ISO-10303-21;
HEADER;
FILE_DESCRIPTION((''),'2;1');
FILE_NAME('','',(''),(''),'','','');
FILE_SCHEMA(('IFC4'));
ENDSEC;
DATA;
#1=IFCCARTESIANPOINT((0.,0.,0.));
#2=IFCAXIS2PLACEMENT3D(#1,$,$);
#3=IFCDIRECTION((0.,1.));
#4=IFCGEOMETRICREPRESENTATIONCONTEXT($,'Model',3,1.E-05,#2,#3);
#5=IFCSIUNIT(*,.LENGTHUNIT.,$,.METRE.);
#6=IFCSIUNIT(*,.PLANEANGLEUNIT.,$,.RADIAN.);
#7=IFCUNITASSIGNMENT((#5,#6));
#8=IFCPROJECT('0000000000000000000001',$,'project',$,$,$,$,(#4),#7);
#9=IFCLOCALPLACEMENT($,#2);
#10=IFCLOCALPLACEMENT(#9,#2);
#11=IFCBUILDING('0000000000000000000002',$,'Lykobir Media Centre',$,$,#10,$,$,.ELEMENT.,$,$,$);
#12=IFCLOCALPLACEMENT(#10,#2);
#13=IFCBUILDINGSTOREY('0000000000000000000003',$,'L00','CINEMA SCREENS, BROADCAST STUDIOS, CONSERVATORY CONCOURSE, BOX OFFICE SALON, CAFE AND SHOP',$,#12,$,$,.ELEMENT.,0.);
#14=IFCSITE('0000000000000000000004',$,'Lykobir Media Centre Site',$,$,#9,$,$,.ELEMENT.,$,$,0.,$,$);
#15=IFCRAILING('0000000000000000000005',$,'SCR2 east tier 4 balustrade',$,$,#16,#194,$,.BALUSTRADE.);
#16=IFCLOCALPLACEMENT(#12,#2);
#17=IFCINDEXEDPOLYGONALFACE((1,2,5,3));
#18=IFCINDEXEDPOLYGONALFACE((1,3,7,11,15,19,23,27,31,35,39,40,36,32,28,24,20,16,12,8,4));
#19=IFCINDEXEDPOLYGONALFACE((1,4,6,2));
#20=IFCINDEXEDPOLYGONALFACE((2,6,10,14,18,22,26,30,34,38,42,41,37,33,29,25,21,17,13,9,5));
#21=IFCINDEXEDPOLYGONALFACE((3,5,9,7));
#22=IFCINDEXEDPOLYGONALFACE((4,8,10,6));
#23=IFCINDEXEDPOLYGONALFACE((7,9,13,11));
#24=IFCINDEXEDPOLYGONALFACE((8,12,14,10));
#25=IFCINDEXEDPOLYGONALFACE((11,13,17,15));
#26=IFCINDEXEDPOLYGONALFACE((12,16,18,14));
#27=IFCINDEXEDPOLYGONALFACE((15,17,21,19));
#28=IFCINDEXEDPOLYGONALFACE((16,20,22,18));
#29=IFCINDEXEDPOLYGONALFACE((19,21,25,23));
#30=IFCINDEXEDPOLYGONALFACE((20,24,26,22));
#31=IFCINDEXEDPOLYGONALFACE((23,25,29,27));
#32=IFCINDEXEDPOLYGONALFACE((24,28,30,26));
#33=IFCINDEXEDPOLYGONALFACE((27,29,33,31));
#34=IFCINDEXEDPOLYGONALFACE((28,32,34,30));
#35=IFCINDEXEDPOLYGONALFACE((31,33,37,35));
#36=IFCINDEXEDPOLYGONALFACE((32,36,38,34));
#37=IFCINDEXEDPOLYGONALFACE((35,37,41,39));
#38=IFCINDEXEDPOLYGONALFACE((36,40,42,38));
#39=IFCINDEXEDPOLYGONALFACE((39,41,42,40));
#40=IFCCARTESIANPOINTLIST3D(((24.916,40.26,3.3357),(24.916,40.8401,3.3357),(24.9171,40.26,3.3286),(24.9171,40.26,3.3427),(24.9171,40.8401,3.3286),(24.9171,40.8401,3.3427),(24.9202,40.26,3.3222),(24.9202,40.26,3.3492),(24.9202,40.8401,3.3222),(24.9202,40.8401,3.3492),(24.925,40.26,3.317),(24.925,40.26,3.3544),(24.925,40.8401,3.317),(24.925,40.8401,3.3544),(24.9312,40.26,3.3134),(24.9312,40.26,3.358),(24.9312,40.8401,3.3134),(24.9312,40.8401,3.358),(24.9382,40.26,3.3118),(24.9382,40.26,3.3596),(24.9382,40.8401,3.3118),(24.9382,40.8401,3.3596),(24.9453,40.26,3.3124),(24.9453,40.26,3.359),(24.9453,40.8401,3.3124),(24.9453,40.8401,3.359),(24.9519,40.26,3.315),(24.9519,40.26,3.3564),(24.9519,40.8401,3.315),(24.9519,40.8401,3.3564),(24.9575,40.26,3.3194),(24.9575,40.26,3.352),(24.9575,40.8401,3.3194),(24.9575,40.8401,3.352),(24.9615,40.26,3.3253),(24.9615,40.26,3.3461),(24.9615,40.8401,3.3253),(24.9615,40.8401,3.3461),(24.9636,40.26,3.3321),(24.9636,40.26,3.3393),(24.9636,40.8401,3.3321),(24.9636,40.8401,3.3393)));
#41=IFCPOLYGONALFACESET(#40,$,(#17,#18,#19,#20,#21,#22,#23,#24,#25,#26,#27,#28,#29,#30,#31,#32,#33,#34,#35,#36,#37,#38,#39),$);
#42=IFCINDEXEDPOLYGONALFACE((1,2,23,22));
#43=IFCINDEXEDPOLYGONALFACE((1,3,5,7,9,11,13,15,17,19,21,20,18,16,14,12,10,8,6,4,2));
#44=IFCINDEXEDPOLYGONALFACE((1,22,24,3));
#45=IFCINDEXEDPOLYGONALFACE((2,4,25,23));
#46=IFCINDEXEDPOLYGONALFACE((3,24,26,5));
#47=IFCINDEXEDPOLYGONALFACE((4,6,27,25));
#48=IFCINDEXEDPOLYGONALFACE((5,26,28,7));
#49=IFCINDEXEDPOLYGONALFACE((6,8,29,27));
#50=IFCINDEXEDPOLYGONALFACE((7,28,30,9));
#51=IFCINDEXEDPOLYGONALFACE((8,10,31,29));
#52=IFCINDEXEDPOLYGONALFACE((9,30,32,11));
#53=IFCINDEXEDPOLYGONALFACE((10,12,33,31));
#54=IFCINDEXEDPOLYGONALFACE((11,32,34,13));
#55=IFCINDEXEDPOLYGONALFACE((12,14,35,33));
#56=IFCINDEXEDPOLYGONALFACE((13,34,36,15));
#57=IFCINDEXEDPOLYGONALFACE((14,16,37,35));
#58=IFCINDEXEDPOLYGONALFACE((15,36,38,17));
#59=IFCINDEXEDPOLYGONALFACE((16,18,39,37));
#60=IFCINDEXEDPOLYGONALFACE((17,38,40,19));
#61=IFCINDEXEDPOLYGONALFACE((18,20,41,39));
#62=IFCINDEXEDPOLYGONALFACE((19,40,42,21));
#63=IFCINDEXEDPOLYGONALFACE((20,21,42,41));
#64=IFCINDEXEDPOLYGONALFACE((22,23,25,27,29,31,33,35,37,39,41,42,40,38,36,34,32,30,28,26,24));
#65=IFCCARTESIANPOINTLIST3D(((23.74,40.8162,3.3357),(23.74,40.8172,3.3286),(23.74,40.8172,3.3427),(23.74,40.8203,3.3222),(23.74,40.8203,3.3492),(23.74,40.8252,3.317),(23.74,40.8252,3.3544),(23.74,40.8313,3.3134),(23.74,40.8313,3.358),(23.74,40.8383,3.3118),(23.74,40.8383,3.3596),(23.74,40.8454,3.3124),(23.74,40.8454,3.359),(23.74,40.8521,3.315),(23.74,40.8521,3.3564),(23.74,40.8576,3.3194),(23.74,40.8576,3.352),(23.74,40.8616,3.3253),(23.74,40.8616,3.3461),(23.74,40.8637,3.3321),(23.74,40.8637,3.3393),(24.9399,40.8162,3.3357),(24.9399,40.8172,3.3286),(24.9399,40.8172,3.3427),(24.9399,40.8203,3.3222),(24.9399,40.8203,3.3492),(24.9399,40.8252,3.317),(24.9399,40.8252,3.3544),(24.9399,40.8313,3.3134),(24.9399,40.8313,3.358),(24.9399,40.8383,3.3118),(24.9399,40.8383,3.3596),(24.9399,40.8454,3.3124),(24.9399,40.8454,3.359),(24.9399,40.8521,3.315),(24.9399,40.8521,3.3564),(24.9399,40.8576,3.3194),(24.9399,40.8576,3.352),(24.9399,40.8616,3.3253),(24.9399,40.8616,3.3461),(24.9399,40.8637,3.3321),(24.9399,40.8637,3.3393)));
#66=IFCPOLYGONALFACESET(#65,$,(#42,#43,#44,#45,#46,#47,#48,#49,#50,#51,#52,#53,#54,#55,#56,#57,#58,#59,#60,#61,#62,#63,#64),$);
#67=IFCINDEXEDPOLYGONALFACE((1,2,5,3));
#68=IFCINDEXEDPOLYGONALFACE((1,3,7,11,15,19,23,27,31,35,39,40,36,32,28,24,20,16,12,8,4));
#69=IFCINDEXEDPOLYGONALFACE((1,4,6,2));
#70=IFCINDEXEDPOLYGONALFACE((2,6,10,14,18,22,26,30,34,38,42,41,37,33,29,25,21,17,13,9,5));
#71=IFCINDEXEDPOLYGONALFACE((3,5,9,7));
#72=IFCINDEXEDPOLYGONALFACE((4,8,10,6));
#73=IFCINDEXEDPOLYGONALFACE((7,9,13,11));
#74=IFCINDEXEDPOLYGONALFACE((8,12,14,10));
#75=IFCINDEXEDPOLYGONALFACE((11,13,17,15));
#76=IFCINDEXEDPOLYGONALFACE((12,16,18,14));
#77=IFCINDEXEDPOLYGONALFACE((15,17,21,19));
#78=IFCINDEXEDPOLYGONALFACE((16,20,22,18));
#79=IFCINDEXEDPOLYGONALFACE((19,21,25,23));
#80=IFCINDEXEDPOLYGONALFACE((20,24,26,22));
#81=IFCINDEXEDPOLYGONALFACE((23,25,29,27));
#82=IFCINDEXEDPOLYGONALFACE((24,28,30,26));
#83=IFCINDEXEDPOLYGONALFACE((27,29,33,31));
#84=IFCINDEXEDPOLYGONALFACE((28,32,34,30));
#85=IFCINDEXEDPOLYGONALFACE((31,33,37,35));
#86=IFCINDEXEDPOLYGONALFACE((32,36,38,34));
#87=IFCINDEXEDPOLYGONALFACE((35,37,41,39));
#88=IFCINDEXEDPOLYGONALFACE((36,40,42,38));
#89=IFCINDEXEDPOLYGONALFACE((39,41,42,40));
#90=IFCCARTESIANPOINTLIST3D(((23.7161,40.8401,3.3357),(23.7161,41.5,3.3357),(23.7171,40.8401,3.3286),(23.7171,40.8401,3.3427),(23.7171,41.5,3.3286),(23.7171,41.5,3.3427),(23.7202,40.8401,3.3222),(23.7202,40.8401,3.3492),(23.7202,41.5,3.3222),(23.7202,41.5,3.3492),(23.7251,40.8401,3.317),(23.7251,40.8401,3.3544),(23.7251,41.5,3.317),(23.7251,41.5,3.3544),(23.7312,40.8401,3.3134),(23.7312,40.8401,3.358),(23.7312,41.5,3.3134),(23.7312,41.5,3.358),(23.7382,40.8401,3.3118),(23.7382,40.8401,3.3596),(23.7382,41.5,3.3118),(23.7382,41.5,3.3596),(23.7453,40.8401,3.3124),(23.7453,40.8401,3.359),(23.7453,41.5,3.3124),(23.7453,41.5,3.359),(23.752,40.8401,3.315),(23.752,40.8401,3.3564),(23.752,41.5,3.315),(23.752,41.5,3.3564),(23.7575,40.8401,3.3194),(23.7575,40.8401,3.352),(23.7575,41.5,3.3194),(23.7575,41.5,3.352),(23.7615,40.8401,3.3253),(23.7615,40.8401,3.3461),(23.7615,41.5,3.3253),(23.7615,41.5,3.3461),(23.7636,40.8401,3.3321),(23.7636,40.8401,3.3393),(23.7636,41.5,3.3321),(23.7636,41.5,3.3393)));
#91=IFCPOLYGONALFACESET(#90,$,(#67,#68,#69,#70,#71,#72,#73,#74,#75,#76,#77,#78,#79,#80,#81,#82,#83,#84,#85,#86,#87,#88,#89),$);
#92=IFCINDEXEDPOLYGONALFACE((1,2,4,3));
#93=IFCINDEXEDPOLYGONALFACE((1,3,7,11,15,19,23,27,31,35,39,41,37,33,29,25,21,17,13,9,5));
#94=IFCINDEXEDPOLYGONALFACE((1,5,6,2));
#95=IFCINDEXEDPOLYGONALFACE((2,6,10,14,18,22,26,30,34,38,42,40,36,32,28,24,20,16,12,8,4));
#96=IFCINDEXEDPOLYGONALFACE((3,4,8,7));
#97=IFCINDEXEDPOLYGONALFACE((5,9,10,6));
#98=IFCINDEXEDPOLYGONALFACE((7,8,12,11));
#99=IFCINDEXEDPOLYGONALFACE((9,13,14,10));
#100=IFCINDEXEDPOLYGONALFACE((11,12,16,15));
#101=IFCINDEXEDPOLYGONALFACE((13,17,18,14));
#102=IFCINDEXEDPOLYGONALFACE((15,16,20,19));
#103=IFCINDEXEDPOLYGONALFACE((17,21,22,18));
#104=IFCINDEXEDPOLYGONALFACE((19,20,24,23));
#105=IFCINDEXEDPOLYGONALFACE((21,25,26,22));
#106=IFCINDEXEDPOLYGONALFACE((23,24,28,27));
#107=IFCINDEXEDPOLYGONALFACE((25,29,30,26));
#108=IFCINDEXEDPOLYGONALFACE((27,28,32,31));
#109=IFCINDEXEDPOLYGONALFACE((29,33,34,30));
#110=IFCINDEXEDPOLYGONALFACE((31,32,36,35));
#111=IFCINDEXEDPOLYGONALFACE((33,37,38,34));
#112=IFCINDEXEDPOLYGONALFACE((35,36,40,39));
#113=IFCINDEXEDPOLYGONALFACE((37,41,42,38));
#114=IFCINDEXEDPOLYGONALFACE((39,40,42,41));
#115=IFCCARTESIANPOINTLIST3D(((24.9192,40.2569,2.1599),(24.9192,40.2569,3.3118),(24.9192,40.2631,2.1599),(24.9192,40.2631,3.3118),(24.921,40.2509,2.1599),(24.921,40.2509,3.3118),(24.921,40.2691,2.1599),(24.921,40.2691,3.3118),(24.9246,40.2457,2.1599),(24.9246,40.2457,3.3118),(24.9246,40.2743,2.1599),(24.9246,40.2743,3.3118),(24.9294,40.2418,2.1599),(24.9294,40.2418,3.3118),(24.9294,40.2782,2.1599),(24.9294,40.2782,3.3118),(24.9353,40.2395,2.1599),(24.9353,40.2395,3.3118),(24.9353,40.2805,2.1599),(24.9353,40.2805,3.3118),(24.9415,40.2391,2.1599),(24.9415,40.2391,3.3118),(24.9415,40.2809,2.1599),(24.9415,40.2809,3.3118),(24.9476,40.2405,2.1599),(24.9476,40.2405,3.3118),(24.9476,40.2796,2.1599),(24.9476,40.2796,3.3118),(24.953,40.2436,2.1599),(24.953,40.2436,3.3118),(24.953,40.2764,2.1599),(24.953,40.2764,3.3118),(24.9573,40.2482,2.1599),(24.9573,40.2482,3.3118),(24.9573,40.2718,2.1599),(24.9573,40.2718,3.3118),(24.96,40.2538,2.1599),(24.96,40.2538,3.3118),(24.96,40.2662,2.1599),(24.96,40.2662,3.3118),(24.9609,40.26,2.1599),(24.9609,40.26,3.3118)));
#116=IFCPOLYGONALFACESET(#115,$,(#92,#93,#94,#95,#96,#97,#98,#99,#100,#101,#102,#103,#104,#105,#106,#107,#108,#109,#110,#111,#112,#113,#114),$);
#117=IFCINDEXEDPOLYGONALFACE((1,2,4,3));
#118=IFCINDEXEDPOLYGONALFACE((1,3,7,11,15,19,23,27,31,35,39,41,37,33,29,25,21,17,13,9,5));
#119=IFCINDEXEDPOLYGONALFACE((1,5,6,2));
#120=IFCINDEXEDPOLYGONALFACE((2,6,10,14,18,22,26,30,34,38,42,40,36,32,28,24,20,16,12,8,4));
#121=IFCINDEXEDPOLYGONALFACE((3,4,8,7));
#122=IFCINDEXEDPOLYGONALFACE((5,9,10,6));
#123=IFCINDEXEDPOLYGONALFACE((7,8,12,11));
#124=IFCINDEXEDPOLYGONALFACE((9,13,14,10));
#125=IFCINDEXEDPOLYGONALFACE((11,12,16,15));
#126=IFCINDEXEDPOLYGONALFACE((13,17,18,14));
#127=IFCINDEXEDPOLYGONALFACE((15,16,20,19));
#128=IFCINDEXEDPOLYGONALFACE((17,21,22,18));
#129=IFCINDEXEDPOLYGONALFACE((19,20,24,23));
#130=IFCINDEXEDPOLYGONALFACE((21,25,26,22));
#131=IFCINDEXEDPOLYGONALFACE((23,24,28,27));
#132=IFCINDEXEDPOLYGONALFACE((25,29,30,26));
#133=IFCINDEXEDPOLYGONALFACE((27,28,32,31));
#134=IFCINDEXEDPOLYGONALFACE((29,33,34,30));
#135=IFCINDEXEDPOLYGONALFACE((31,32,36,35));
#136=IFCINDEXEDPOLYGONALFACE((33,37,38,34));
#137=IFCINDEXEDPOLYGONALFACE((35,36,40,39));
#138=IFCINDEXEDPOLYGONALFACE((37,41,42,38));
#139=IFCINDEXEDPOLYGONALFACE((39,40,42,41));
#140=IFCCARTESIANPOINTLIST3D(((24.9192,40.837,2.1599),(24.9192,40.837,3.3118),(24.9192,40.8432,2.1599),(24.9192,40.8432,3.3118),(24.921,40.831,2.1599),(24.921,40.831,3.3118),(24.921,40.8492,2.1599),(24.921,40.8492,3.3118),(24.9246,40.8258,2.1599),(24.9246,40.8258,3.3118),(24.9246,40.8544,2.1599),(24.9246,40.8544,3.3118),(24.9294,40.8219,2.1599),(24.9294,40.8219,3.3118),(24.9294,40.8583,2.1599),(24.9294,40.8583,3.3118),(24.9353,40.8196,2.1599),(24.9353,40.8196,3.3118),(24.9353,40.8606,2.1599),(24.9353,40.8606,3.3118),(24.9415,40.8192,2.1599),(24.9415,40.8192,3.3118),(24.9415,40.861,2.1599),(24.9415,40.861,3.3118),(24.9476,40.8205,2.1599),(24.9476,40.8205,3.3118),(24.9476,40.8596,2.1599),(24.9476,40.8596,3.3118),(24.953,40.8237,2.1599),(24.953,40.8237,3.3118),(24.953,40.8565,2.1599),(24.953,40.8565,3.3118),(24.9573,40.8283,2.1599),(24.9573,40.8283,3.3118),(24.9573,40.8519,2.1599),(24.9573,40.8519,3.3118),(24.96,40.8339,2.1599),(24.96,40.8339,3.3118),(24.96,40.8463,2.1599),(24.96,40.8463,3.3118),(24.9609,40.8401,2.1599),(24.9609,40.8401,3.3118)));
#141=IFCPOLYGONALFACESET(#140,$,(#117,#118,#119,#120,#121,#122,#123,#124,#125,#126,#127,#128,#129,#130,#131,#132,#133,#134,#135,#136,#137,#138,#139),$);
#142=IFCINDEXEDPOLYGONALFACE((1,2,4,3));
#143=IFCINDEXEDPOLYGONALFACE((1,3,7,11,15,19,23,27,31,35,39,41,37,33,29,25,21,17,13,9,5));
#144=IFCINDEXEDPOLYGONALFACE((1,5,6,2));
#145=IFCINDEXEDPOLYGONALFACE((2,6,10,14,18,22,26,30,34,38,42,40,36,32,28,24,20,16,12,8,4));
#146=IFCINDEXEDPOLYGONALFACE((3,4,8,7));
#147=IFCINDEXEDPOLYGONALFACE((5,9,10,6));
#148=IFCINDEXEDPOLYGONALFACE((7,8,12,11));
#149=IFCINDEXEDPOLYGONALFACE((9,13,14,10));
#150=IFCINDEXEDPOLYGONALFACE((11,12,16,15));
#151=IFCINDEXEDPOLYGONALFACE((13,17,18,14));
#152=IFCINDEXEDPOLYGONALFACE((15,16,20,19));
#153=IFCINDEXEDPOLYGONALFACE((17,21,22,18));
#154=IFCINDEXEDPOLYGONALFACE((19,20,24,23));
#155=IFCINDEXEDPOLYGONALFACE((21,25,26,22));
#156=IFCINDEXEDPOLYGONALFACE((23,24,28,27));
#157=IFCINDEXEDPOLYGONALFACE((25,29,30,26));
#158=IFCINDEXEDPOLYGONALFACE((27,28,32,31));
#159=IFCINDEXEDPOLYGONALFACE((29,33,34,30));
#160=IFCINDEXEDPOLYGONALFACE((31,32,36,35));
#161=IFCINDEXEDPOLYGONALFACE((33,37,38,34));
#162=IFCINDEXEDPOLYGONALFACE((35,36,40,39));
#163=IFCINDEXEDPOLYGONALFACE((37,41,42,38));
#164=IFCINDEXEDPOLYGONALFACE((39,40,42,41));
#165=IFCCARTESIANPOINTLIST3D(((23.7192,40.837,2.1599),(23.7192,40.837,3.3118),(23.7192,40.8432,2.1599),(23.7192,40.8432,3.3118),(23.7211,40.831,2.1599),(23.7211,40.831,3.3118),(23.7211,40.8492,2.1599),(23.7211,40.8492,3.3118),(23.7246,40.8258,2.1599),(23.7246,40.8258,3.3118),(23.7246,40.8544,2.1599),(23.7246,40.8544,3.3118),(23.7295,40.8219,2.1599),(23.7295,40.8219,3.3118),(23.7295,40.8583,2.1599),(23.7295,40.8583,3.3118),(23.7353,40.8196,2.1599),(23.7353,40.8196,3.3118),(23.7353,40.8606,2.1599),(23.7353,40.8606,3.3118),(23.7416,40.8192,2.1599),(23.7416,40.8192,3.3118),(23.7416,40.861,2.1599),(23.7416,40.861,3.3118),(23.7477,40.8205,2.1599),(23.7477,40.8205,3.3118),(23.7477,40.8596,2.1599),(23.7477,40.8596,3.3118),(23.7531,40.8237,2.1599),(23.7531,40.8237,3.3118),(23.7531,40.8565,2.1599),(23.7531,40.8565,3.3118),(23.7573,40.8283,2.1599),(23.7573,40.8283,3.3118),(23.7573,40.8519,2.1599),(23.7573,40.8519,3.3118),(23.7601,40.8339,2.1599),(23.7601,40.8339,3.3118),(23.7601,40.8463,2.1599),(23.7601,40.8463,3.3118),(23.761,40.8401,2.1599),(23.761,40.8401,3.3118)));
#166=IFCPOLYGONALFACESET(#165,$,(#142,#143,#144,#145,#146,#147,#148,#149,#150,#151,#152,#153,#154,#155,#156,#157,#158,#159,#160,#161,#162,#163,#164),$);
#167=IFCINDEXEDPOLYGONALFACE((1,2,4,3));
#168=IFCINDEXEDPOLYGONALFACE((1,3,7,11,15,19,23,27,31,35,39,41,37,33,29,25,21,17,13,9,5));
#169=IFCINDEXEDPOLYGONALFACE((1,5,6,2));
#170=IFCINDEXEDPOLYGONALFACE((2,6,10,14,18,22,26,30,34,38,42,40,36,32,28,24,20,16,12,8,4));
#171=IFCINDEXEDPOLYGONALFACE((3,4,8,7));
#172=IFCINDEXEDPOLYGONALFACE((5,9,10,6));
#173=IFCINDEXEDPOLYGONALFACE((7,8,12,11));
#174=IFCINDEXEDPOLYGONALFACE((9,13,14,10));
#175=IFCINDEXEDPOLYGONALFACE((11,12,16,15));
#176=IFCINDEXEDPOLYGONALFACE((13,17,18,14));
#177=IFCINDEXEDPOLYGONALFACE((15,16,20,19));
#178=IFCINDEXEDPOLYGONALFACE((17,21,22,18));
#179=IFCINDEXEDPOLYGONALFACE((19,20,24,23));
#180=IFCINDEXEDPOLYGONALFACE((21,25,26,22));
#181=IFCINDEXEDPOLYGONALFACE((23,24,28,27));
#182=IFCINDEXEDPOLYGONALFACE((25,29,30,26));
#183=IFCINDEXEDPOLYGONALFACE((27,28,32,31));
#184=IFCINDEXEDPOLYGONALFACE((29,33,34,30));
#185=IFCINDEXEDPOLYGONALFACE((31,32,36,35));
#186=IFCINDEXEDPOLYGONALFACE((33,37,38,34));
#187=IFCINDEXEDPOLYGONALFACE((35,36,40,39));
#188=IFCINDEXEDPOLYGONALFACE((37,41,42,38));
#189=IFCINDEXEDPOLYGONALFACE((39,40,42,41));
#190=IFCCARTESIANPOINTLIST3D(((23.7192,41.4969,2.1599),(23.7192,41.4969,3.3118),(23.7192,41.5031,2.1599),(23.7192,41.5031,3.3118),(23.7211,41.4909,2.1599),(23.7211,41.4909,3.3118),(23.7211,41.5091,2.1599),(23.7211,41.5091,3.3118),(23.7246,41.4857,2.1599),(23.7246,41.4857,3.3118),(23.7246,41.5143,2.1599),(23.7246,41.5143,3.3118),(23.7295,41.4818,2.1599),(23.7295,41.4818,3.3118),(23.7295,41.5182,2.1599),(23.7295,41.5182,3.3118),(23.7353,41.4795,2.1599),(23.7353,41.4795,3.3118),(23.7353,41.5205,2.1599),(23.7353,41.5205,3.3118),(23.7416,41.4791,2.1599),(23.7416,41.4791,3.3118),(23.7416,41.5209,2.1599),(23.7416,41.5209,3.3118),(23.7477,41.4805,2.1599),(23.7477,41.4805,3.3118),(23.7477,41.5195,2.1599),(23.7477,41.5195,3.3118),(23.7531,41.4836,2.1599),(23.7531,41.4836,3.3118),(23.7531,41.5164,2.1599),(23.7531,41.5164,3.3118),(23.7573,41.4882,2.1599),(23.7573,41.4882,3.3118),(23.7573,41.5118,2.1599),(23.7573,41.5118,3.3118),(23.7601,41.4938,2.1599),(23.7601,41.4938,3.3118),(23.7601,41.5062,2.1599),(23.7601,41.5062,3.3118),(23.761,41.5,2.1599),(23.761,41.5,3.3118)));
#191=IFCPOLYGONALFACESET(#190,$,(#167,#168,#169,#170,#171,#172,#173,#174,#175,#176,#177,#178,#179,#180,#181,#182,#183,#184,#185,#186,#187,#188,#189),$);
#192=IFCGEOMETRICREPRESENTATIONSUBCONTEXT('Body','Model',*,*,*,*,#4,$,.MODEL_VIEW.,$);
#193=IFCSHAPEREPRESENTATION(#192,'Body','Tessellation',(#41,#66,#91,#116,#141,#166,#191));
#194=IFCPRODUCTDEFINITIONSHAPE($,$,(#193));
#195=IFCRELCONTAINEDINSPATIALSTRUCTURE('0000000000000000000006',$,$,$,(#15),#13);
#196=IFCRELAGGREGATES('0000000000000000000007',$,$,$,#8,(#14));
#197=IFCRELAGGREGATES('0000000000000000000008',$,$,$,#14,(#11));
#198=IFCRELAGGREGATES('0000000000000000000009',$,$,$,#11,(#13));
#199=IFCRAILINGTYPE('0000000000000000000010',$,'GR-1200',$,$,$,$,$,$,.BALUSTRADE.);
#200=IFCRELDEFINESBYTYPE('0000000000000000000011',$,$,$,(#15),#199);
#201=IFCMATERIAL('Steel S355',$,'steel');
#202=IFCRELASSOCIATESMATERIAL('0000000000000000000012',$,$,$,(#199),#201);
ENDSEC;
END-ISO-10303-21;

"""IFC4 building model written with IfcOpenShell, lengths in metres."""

from ifc_helpers import new_model, si_unit, direction, frame, origin, origin_2d, place, context, subcontext, project, spatial, circle, extrude, material, type_object, element, save


model = new_model("IFC4")

# Units and contexts
model_context = context("Model", 3, precision=1e-05, world=origin(), true_north=direction((0.0, 1.0)))
body_context = subcontext(model_context, "Body", "Model", "MODEL_VIEW")
ifc_project = project(units=[si_unit("LENGTHUNIT", "METRE"), si_unit("PLANEANGLEUNIT", "RADIAN")], contexts=[model_context])

# Site, building, storey
site_placement = place(None, origin())
site = spatial("IfcSite", under=ifc_project, at=site_placement, Name="Lykobir Media Centre Site", CompositionType="ELEMENT", RefElevation=0.0)
building_placement = place(site_placement, origin())
building = spatial("IfcBuilding", under=site, at=building_placement, Name="Lykobir Media Centre", CompositionType="ELEMENT")
storey_placement = place(building_placement, origin())
storey = spatial("IfcBuildingStorey", under=building, at=storey_placement, Name="L00", Description="CINEMA SCREENS, BROADCAST STUDIOS, CONSERVATORY CONCOURSE, BOX OFFICE SALON, CAFE AND SHOP", CompositionType="ELEMENT", Elevation=0.0)

# Shared definitions
ifc_material_1 = material(Name="Steel S355", Category="steel")

# Railing
railing_type = type_object("IfcRailingType", Name="GR-1200", PredefinedType="BALUSTRADE", material=ifc_material_1)
railing_1_placement = place(storey_placement, frame((24.9399, 40.26, 2.1599)))
element("IfcRailing", 1, at=railing_1_placement, inside=storey, type_object=railing_type, Name="SCR2 east tier 4 balustrade", PredefinedType="BALUSTRADE", context=body_context, shape_type="SweptSolid", body=[
    extrude(circle(Radius=0.0239, at=origin_2d()), frame((0.0, 0.0, 1.1758), z_axis=(0.0, 1.0, 0.0), x_axis=(-1.0, 0.0, 0.0)), (0.0, 0.0, 1.0), 0.5801),
    extrude(circle(Radius=0.0239, at=origin_2d()), frame((0.0, 0.5801, 1.1758), z_axis=(-1.0, 0.0, 0.0), x_axis=(0.0, -1.0, 0.0)), (0.0, 0.0, 1.0), 1.2),
    extrude(circle(Radius=0.0239, at=origin_2d()), frame((-1.2, 0.5801, 1.1758), z_axis=(0.0, 1.0, 0.0), x_axis=(-1.0, 0.0, 0.0)), (0.0, 0.0, 1.0), 0.6599),
    extrude(circle(Radius=0.021, at=origin_2d()), origin(), (0.0, 0.0, 1.0), 1.1519),
    extrude(circle(Radius=0.021, at=origin_2d()), frame((0.0, 0.5801, 0.0)), (0.0, 0.0, 1.0), 1.1519),
    extrude(circle(Radius=0.021, at=origin_2d()), frame((-1.2, 0.5801, 0.0)), (0.0, 0.0, 1.0), 1.1519),
    extrude(circle(Radius=0.021, at=origin_2d()), frame((-1.2, 1.24, 0.0)), (0.0, 0.0, 1.0), 1.1519),
])

save(model, "model.ifc")
